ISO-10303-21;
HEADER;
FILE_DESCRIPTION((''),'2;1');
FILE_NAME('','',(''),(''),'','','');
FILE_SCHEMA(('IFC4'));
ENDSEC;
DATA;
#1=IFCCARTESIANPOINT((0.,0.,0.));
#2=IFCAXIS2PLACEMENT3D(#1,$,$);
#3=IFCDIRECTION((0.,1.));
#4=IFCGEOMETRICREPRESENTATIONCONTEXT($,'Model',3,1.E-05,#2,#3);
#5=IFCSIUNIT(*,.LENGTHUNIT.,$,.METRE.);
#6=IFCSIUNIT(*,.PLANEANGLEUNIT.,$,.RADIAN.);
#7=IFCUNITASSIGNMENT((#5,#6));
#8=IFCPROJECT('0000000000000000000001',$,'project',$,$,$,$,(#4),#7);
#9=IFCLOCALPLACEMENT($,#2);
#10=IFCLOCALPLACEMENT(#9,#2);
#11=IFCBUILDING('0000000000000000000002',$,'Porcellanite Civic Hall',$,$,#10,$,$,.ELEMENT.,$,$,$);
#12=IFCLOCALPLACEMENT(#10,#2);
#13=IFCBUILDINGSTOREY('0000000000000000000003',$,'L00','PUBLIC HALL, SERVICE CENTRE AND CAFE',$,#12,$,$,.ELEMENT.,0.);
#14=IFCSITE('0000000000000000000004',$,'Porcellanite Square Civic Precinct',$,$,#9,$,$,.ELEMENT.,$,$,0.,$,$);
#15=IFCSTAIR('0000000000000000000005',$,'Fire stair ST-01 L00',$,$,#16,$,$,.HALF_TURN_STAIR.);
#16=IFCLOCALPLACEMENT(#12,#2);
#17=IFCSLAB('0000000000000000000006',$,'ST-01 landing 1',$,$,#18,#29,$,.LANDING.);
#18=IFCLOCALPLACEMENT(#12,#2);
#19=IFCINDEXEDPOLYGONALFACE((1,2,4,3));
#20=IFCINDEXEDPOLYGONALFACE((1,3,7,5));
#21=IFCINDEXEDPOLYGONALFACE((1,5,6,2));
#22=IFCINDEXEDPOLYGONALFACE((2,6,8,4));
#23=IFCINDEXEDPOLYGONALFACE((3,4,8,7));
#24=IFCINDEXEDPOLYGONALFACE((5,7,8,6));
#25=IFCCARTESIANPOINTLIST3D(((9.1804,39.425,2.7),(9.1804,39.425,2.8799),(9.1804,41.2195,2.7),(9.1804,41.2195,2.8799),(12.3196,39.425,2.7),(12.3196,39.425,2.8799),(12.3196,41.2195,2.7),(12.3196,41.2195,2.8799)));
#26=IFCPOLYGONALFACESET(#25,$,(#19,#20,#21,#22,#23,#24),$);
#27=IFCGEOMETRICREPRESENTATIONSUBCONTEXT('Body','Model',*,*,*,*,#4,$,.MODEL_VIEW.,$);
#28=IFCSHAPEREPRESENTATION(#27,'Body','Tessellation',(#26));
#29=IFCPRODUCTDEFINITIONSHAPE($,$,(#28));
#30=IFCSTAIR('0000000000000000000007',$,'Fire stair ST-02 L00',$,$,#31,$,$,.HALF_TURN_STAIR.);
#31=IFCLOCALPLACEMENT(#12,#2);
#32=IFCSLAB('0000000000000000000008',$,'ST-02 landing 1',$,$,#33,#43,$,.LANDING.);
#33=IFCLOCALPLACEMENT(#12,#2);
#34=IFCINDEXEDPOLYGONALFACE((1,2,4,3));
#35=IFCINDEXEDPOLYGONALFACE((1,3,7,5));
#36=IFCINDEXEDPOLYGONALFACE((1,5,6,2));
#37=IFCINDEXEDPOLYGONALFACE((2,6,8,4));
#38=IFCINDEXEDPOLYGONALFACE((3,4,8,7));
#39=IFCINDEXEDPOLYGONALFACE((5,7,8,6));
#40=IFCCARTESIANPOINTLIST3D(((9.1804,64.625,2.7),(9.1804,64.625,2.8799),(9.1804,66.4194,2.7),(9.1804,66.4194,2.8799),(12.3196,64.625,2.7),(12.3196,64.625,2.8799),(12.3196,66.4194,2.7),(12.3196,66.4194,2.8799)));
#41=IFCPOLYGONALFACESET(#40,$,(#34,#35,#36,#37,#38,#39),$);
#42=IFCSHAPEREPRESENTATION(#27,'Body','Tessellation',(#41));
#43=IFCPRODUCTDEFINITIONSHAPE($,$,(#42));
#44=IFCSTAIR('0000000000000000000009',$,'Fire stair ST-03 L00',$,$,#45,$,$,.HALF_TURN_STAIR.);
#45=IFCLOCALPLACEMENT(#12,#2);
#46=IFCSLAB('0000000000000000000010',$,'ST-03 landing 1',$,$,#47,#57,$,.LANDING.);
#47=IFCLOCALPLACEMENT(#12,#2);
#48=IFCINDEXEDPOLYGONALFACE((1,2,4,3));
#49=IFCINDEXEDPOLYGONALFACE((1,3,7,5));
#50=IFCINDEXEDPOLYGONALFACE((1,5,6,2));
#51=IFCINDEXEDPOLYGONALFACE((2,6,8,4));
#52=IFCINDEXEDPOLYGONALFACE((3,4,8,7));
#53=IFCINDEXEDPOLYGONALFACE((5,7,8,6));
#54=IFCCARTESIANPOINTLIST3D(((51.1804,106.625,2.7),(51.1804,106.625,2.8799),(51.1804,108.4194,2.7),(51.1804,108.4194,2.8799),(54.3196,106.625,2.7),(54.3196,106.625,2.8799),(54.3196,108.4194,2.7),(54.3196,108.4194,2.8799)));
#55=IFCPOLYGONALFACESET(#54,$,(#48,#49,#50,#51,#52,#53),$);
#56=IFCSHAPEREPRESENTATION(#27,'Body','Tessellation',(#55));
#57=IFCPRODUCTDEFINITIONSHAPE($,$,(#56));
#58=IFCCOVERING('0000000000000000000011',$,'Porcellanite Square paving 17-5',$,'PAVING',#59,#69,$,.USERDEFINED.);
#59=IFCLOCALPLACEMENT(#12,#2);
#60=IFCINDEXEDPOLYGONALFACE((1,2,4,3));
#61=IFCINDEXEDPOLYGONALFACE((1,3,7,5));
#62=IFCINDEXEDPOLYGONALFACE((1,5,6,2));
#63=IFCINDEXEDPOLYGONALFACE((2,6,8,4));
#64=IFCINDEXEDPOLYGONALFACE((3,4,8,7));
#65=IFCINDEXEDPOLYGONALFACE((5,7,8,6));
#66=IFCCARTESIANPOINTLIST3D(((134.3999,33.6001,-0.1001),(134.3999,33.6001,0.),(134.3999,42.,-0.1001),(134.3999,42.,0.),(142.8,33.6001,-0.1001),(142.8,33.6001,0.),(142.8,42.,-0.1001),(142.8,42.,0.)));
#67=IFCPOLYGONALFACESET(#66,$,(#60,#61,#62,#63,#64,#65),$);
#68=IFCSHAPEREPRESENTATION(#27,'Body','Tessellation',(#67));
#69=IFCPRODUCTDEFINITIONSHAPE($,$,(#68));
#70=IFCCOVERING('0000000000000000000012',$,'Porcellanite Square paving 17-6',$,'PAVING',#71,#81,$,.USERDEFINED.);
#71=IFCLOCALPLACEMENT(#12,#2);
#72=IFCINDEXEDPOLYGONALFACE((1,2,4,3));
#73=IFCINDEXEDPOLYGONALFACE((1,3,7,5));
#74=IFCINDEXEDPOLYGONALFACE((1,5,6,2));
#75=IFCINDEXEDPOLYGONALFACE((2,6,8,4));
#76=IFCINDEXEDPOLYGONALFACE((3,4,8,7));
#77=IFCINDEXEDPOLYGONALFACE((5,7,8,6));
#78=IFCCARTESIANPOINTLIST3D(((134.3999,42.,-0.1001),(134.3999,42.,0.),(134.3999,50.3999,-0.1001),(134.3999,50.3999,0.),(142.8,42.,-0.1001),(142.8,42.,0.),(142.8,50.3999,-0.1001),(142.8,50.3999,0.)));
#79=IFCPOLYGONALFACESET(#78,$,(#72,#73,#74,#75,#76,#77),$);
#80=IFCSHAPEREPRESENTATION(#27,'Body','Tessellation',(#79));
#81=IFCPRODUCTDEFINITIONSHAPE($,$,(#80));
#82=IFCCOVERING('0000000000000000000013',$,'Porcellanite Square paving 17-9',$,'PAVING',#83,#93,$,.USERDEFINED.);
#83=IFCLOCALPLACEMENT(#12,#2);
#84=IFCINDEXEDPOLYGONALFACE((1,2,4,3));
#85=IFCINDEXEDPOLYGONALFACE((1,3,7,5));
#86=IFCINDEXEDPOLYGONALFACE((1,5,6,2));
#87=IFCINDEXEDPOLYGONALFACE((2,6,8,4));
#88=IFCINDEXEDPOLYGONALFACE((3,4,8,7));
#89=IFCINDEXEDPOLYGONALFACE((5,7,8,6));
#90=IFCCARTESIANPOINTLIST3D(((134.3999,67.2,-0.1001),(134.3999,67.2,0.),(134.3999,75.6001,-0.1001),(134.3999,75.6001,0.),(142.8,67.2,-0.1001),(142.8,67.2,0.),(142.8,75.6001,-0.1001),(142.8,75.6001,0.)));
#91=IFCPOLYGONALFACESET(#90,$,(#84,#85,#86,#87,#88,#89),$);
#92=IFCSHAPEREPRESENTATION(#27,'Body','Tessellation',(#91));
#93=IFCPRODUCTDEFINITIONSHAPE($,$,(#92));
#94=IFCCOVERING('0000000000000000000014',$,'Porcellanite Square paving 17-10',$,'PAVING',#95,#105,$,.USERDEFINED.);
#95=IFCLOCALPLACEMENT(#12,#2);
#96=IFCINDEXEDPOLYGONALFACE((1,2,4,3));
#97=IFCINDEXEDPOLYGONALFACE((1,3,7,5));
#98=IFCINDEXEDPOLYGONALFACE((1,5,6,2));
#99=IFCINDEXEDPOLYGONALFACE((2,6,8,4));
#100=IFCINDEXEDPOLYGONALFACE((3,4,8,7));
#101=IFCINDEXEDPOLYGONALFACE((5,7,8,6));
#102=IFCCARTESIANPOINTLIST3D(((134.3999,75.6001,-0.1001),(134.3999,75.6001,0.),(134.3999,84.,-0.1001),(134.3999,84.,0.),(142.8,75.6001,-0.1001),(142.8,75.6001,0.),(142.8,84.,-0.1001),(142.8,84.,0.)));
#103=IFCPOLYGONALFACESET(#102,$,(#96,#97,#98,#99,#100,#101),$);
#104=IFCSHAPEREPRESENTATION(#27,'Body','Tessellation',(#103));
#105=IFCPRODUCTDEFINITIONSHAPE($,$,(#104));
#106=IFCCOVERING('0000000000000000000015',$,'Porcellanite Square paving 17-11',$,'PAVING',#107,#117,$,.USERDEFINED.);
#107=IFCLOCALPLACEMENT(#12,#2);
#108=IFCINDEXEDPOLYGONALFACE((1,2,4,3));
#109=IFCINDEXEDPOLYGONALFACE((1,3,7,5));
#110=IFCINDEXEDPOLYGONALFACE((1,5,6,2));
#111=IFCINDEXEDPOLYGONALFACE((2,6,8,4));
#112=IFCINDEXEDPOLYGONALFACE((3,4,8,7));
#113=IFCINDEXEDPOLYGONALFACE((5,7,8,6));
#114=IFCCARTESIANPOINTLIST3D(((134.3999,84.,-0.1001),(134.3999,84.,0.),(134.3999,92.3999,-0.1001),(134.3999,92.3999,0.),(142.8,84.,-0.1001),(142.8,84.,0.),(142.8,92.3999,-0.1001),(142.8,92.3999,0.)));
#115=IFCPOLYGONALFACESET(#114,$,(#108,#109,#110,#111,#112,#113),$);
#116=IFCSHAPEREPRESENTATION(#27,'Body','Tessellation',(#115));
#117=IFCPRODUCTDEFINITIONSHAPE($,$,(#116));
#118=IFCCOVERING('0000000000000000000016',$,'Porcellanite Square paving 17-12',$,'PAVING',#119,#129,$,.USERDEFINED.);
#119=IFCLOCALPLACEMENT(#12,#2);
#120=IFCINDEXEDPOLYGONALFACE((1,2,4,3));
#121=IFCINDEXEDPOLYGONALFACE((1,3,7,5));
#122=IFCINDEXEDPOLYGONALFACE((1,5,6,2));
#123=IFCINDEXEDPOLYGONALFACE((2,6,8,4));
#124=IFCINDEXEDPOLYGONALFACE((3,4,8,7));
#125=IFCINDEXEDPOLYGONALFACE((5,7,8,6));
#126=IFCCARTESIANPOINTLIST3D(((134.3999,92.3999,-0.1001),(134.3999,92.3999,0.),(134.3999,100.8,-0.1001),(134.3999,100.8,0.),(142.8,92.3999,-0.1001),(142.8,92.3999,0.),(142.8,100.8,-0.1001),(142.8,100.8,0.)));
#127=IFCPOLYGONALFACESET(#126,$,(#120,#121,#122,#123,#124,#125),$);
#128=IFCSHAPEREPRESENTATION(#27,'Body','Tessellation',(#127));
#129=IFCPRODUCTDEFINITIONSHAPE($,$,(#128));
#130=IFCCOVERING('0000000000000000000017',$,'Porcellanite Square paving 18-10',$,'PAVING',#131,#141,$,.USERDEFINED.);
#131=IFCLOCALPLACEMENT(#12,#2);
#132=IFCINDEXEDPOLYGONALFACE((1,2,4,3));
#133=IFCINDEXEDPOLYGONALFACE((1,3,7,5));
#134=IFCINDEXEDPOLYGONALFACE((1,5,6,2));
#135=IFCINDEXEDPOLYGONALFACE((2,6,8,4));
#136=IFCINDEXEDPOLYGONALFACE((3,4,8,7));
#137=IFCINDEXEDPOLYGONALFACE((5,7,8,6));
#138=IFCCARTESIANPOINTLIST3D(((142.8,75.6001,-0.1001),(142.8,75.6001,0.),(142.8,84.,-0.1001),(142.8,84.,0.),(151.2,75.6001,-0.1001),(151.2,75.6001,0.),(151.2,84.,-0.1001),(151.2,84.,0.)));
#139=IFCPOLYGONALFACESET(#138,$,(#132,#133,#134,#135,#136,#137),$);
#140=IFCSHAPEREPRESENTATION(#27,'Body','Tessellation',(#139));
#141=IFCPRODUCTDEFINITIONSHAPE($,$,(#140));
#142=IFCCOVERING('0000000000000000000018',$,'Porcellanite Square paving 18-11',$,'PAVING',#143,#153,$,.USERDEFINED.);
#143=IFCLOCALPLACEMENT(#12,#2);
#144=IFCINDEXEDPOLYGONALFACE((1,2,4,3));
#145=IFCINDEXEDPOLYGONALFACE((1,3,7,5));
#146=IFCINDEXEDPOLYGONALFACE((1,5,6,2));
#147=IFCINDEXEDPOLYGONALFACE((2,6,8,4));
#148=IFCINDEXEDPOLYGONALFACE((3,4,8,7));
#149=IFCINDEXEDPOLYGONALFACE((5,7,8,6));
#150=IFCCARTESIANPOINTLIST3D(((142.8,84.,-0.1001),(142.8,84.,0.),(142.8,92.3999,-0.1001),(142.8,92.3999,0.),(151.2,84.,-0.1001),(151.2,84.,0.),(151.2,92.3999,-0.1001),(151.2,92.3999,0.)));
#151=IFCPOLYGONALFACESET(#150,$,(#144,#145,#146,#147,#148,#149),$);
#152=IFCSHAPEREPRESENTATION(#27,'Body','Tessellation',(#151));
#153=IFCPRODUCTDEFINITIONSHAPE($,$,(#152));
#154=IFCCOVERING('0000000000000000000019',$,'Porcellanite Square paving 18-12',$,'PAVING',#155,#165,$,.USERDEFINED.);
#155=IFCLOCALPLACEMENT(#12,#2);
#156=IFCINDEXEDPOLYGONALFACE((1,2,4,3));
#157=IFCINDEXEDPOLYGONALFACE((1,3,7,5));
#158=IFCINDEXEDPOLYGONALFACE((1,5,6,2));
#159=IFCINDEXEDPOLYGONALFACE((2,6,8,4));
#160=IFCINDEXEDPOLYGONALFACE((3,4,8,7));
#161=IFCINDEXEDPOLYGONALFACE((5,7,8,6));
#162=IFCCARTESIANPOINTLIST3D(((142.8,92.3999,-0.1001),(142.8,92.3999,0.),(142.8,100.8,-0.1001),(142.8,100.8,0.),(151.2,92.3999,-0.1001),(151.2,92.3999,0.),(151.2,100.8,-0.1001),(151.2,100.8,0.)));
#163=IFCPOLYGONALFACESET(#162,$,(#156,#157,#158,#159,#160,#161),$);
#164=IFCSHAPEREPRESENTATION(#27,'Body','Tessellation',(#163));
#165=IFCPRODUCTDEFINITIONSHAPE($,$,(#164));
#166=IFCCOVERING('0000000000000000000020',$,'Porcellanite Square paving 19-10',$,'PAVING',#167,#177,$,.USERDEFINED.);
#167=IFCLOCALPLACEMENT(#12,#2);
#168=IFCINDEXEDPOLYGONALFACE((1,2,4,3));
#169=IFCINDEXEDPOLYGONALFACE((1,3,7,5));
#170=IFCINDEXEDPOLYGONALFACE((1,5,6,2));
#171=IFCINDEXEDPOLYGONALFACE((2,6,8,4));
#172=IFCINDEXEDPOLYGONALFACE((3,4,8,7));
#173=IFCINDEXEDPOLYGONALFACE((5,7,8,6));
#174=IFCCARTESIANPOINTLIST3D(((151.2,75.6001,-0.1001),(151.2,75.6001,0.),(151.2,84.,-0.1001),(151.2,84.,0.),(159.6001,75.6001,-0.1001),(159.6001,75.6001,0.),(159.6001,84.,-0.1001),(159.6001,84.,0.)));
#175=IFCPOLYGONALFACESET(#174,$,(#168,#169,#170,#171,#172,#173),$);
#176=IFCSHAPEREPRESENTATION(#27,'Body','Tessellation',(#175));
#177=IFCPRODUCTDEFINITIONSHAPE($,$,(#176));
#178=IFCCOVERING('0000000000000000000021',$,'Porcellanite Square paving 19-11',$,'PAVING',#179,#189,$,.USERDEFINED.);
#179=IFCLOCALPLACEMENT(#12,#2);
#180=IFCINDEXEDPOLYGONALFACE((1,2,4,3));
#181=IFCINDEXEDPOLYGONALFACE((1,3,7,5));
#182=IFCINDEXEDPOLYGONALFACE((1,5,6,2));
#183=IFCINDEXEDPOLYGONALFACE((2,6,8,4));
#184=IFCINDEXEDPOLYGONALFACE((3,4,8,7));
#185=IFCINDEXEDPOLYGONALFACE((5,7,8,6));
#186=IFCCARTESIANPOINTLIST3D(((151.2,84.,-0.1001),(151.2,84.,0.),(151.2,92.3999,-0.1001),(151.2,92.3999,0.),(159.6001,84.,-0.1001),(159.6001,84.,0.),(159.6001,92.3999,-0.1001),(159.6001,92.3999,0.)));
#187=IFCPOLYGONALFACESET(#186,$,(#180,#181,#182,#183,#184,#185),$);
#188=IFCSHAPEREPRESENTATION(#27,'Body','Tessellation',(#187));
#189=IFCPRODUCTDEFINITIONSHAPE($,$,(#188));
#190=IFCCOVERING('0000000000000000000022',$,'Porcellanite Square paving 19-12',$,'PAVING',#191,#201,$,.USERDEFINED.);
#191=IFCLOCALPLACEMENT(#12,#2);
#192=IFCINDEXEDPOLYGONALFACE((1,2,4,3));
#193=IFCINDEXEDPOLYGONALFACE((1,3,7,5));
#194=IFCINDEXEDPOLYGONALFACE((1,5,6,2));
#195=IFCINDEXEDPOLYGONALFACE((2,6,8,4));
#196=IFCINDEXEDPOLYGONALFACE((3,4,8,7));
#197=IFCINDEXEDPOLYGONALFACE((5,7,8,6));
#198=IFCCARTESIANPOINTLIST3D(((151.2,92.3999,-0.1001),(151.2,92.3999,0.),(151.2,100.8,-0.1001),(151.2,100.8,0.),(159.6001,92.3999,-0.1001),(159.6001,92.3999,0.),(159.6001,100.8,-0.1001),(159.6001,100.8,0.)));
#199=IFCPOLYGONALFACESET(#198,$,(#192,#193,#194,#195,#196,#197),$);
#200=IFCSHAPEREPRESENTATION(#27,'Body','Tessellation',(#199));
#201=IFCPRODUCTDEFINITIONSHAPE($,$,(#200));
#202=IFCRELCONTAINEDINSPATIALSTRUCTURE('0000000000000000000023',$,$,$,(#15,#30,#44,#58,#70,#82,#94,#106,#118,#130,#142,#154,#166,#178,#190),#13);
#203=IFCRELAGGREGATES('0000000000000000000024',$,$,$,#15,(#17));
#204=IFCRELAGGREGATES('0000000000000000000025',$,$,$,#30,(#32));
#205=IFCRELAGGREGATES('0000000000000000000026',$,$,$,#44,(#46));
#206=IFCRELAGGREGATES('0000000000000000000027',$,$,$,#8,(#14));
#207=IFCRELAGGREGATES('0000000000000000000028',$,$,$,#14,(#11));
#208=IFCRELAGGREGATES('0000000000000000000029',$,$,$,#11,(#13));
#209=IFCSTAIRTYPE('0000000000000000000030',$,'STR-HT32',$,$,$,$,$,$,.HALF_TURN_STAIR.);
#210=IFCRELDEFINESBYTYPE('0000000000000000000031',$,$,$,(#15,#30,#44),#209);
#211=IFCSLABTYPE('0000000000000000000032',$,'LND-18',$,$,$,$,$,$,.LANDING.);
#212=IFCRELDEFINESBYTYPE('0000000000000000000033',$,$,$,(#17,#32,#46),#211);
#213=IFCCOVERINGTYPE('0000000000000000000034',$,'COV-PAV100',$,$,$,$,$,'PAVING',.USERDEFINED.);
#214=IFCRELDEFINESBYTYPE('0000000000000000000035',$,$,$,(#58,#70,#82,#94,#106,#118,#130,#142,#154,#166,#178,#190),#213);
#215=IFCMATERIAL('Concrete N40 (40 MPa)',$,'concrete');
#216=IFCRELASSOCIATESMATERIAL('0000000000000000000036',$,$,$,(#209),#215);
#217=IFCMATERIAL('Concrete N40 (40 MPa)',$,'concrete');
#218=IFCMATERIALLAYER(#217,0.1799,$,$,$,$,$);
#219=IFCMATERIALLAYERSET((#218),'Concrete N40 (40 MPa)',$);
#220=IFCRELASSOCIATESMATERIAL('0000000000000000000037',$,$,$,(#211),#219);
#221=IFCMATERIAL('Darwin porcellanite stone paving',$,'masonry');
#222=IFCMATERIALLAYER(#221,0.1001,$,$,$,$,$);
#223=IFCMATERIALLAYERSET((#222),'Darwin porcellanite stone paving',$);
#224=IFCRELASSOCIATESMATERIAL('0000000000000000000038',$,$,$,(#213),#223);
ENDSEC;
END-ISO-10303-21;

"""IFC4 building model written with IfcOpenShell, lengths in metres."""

from ifc_helpers import new_model, si_unit, direction, frame, origin, place, context, subcontext, project, spatial, polyline, outline, extrude, material, layer, layer_set, type_object, element, aggregate, save


model = new_model("IFC4")

# Units and contexts
model_context = context("Model", 3, precision=1e-05, world=origin(), true_north=direction((0.0, 1.0)))
body_context = subcontext(model_context, "Body", "Model", "MODEL_VIEW")
ifc_project = project(units=[si_unit("LENGTHUNIT", "METRE"), si_unit("PLANEANGLEUNIT", "RADIAN")], contexts=[model_context])

# Site, building, storey
site_placement = place(None, origin())
site = spatial("IfcSite", under=ifc_project, at=site_placement, Name="Porcellanite Square Civic Precinct", CompositionType="ELEMENT", RefElevation=0.0)
building_placement = place(site_placement, origin())
building = spatial("IfcBuilding", under=site, at=building_placement, Name="Porcellanite Civic Hall", CompositionType="ELEMENT")
storey_placement = place(building_placement, origin())
storey = spatial("IfcBuildingStorey", under=building, at=storey_placement, Name="L00", Description="PUBLIC HALL, SERVICE CENTRE AND CAFE", CompositionType="ELEMENT", Elevation=0.0)

# Stairs, slabs
ifc_material_1 = material(Name="Concrete N40 (40 MPa)", Category="concrete")
stair_type = type_object("IfcStairType", Name="STR-HT32", PredefinedType="HALF_TURN_STAIR", material=ifc_material_1)
stair_1_placement = place(storey_placement, origin())
stair_1 = element("IfcStair", 1, at=stair_1_placement, inside=storey, type_object=stair_type, Name="Fire stair ST-01 L00", PredefinedType="HALF_TURN_STAIR")
ifc_material_2 = material(Name="Concrete N40 (40 MPa)", Category="concrete")
ifc_layer_1 = layer(ifc_material_2, 0.1799)
ifc_layer_set_1 = layer_set([ifc_layer_1], Name="Concrete N40 (40 MPa)")
slab_type = type_object("IfcSlabType", Name="LND-18", PredefinedType="LANDING", material=ifc_layer_set_1)
slab_1_placement = place(storey_placement, frame((0.0, 0.0, 2.7)))
slab_1 = element("IfcSlab", 2, at=slab_1_placement, type_object=slab_type, Name="ST-01 landing 1", PredefinedType="LANDING", context=body_context, shape_type="SweptSolid", body=[
    extrude(outline(polyline([(9.1804, 39.425), (12.3196, 39.425), (12.3196, 41.2195), (9.1804, 41.2195), (9.1804, 39.425)])), origin(), (0.0, 0.0, 1.0), 0.1799),
])
aggregate(stair_1, [slab_1])
stair_2_placement = place(storey_placement, origin())
stair_2 = element("IfcStair", 3, at=stair_2_placement, inside=storey, type_object=stair_type, Name="Fire stair ST-02 L00", PredefinedType="HALF_TURN_STAIR")
slab_2_placement = place(storey_placement, frame((0.0, 0.0, 2.7)))
slab_2 = element("IfcSlab", 4, at=slab_2_placement, type_object=slab_type, Name="ST-02 landing 1", PredefinedType="LANDING", context=body_context, shape_type="SweptSolid", body=[
    extrude(outline(polyline([(9.1804, 64.625), (12.3196, 64.625), (12.3196, 66.4194), (9.1804, 66.4194), (9.1804, 64.625)])), origin(), (0.0, 0.0, 1.0), 0.1799),
])
aggregate(stair_2, [slab_2])
stair_3_placement = place(storey_placement, origin())
stair_3 = element("IfcStair", 5, at=stair_3_placement, inside=storey, type_object=stair_type, Name="Fire stair ST-03 L00", PredefinedType="HALF_TURN_STAIR")
slab_3_placement = place(storey_placement, frame((0.0, 0.0, 2.7)))
slab_3 = element("IfcSlab", 6, at=slab_3_placement, type_object=slab_type, Name="ST-03 landing 1", PredefinedType="LANDING", context=body_context, shape_type="SweptSolid", body=[
    extrude(outline(polyline([(51.1804, 106.625), (54.3196, 106.625), (54.3196, 108.4194), (51.1804, 108.4194), (51.1804, 106.625)])), origin(), (0.0, 0.0, 1.0), 0.1799),
])
aggregate(stair_3, [slab_3])

# Coverings
ifc_material_3 = material(Name="Darwin porcellanite stone paving", Category="masonry")
ifc_layer_2 = layer(ifc_material_3, 0.1001)
ifc_layer_set_2 = layer_set([ifc_layer_2], Name="Darwin porcellanite stone paving")
covering_type_1 = type_object("IfcCoveringType", Name="COV-PAV100", ElementType="PAVING", PredefinedType="USERDEFINED", material=ifc_layer_set_2)
covering_1_placement = place(storey_placement, frame((0.0, 0.0, -0.1001)))
element("IfcCovering", 7, at=covering_1_placement, inside=storey, type_object=covering_type_1, Name="Porcellanite Square paving 17-5", ObjectType="PAVING", PredefinedType="USERDEFINED", context=body_context, shape_type="SweptSolid", body=[
    extrude(outline(polyline([(134.3999, 33.6001), (142.8, 33.6001), (142.8, 42.0), (134.3999, 42.0), (134.3999, 33.6001)])), origin(), (0.0, 0.0, 1.0), 0.1001),
])
covering_2_placement = place(storey_placement, frame((0.0, 0.0, -0.1001)))
element("IfcCovering", 8, at=covering_2_placement, inside=storey, type_object=covering_type_1, Name="Porcellanite Square paving 17-6", ObjectType="PAVING", PredefinedType="USERDEFINED", context=body_context, shape_type="SweptSolid", body=[
    extrude(outline(polyline([(134.3999, 42.0), (142.8, 42.0), (142.8, 50.3999), (134.3999, 50.3999), (134.3999, 42.0)])), origin(), (0.0, 0.0, 1.0), 0.1001),
])
covering_3_placement = place(storey_placement, frame((0.0, 0.0, -0.1001)))
element("IfcCovering", 9, at=covering_3_placement, inside=storey, type_object=covering_type_1, Name="Porcellanite Square paving 17-9", ObjectType="PAVING", PredefinedType="USERDEFINED", context=body_context, shape_type="SweptSolid", body=[
    extrude(outline(polyline([(134.3999, 67.2), (142.8, 67.2), (142.8, 75.6001), (134.3999, 75.6001), (134.3999, 67.2)])), origin(), (0.0, 0.0, 1.0), 0.1001),
])
covering_4_placement = place(storey_placement, frame((0.0, 0.0, -0.1001)))
element("IfcCovering", 10, at=covering_4_placement, inside=storey, type_object=covering_type_1, Name="Porcellanite Square paving 17-10", ObjectType="PAVING", PredefinedType="USERDEFINED", context=body_context, shape_type="SweptSolid", body=[
    extrude(outline(polyline([(134.3999, 75.6001), (142.8, 75.6001), (142.8, 84.0), (134.3999, 84.0), (134.3999, 75.6001)])), origin(), (0.0, 0.0, 1.0), 0.1001),
])
covering_5_placement = place(storey_placement, frame((0.0, 0.0, -0.1001)))
element("IfcCovering", 11, at=covering_5_placement, inside=storey, type_object=covering_type_1, Name="Porcellanite Square paving 17-11", ObjectType="PAVING", PredefinedType="USERDEFINED", context=body_context, shape_type="SweptSolid", body=[
    extrude(outline(polyline([(134.3999, 84.0), (142.8, 84.0), (142.8, 92.3999), (134.3999, 92.3999), (134.3999, 84.0)])), origin(), (0.0, 0.0, 1.0), 0.1001),
])
covering_6_placement = place(storey_placement, frame((0.0, 0.0, -0.1001)))
element("IfcCovering", 12, at=covering_6_placement, inside=storey, type_object=covering_type_1, Name="Porcellanite Square paving 17-12", ObjectType="PAVING", PredefinedType="USERDEFINED", context=body_context, shape_type="SweptSolid", body=[
    extrude(outline(polyline([(134.3999, 92.3999), (142.8, 92.3999), (142.8, 100.8), (134.3999, 100.8), (134.3999, 92.3999)])), origin(), (0.0, 0.0, 1.0), 0.1001),
])
covering_7_placement = place(storey_placement, frame((0.0, 0.0, -0.1001)))
element("IfcCovering", 13, at=covering_7_placement, inside=storey, type_object=covering_type_1, Name="Porcellanite Square paving 18-10", ObjectType="PAVING", PredefinedType="USERDEFINED", context=body_context, shape_type="SweptSolid", body=[
    extrude(outline(polyline([(142.8, 75.6001), (151.2, 75.6001), (151.2, 84.0), (142.8, 84.0), (142.8, 75.6001)])), origin(), (0.0, 0.0, 1.0), 0.1001),
])
covering_8_placement = place(storey_placement, frame((0.0, 0.0, -0.1001)))
element("IfcCovering", 14, at=covering_8_placement, inside=storey, type_object=covering_type_1, Name="Porcellanite Square paving 18-11", ObjectType="PAVING", PredefinedType="USERDEFINED", context=body_context, shape_type="SweptSolid", body=[
    extrude(outline(polyline([(142.8, 84.0), (151.2, 84.0), (151.2, 92.3999), (142.8, 92.3999), (142.8, 84.0)])), origin(), (0.0, 0.0, 1.0), 0.1001),
])
covering_9_placement = place(storey_placement, frame((0.0, 0.0, -0.1001)))
element("IfcCovering", 15, at=covering_9_placement, inside=storey, type_object=covering_type_1, Name="Porcellanite Square paving 18-12", ObjectType="PAVING", PredefinedType="USERDEFINED", context=body_context, shape_type="SweptSolid", body=[
    extrude(outline(polyline([(142.8, 92.3999), (151.2, 92.3999), (151.2, 100.8), (142.8, 100.8), (142.8, 92.3999)])), origin(), (0.0, 0.0, 1.0), 0.1001),
])
covering_10_placement = place(storey_placement, frame((0.0, 0.0, -0.1001)))
element("IfcCovering", 16, at=covering_10_placement, inside=storey, type_object=covering_type_1, Name="Porcellanite Square paving 19-10", ObjectType="PAVING", PredefinedType="USERDEFINED", context=body_context, shape_type="SweptSolid", body=[
    extrude(outline(polyline([(151.2, 75.6001), (159.6001, 75.6001), (159.6001, 84.0), (151.2, 84.0), (151.2, 75.6001)])), origin(), (0.0, 0.0, 1.0), 0.1001),
])
covering_11_placement = place(storey_placement, frame((0.0, 0.0, -0.1001)))
element("IfcCovering", 17, at=covering_11_placement, inside=storey, type_object=covering_type_1, Name="Porcellanite Square paving 19-11", ObjectType="PAVING", PredefinedType="USERDEFINED", context=body_context, shape_type="SweptSolid", body=[
    extrude(outline(polyline([(151.2, 84.0), (159.6001, 84.0), (159.6001, 92.3999), (151.2, 92.3999), (151.2, 84.0)])), origin(), (0.0, 0.0, 1.0), 0.1001),
])
covering_12_placement = place(storey_placement, frame((0.0, 0.0, -0.1001)))
element("IfcCovering", 18, at=covering_12_placement, inside=storey, type_object=covering_type_1, Name="Porcellanite Square paving 19-12", ObjectType="PAVING", PredefinedType="USERDEFINED", context=body_context, shape_type="SweptSolid", body=[
    extrude(outline(polyline([(151.2, 92.3999), (159.6001, 92.3999), (159.6001, 100.8), (151.2, 100.8), (151.2, 92.3999)])), origin(), (0.0, 0.0, 1.0), 0.1001),
])

save(model, "model.ifc")
